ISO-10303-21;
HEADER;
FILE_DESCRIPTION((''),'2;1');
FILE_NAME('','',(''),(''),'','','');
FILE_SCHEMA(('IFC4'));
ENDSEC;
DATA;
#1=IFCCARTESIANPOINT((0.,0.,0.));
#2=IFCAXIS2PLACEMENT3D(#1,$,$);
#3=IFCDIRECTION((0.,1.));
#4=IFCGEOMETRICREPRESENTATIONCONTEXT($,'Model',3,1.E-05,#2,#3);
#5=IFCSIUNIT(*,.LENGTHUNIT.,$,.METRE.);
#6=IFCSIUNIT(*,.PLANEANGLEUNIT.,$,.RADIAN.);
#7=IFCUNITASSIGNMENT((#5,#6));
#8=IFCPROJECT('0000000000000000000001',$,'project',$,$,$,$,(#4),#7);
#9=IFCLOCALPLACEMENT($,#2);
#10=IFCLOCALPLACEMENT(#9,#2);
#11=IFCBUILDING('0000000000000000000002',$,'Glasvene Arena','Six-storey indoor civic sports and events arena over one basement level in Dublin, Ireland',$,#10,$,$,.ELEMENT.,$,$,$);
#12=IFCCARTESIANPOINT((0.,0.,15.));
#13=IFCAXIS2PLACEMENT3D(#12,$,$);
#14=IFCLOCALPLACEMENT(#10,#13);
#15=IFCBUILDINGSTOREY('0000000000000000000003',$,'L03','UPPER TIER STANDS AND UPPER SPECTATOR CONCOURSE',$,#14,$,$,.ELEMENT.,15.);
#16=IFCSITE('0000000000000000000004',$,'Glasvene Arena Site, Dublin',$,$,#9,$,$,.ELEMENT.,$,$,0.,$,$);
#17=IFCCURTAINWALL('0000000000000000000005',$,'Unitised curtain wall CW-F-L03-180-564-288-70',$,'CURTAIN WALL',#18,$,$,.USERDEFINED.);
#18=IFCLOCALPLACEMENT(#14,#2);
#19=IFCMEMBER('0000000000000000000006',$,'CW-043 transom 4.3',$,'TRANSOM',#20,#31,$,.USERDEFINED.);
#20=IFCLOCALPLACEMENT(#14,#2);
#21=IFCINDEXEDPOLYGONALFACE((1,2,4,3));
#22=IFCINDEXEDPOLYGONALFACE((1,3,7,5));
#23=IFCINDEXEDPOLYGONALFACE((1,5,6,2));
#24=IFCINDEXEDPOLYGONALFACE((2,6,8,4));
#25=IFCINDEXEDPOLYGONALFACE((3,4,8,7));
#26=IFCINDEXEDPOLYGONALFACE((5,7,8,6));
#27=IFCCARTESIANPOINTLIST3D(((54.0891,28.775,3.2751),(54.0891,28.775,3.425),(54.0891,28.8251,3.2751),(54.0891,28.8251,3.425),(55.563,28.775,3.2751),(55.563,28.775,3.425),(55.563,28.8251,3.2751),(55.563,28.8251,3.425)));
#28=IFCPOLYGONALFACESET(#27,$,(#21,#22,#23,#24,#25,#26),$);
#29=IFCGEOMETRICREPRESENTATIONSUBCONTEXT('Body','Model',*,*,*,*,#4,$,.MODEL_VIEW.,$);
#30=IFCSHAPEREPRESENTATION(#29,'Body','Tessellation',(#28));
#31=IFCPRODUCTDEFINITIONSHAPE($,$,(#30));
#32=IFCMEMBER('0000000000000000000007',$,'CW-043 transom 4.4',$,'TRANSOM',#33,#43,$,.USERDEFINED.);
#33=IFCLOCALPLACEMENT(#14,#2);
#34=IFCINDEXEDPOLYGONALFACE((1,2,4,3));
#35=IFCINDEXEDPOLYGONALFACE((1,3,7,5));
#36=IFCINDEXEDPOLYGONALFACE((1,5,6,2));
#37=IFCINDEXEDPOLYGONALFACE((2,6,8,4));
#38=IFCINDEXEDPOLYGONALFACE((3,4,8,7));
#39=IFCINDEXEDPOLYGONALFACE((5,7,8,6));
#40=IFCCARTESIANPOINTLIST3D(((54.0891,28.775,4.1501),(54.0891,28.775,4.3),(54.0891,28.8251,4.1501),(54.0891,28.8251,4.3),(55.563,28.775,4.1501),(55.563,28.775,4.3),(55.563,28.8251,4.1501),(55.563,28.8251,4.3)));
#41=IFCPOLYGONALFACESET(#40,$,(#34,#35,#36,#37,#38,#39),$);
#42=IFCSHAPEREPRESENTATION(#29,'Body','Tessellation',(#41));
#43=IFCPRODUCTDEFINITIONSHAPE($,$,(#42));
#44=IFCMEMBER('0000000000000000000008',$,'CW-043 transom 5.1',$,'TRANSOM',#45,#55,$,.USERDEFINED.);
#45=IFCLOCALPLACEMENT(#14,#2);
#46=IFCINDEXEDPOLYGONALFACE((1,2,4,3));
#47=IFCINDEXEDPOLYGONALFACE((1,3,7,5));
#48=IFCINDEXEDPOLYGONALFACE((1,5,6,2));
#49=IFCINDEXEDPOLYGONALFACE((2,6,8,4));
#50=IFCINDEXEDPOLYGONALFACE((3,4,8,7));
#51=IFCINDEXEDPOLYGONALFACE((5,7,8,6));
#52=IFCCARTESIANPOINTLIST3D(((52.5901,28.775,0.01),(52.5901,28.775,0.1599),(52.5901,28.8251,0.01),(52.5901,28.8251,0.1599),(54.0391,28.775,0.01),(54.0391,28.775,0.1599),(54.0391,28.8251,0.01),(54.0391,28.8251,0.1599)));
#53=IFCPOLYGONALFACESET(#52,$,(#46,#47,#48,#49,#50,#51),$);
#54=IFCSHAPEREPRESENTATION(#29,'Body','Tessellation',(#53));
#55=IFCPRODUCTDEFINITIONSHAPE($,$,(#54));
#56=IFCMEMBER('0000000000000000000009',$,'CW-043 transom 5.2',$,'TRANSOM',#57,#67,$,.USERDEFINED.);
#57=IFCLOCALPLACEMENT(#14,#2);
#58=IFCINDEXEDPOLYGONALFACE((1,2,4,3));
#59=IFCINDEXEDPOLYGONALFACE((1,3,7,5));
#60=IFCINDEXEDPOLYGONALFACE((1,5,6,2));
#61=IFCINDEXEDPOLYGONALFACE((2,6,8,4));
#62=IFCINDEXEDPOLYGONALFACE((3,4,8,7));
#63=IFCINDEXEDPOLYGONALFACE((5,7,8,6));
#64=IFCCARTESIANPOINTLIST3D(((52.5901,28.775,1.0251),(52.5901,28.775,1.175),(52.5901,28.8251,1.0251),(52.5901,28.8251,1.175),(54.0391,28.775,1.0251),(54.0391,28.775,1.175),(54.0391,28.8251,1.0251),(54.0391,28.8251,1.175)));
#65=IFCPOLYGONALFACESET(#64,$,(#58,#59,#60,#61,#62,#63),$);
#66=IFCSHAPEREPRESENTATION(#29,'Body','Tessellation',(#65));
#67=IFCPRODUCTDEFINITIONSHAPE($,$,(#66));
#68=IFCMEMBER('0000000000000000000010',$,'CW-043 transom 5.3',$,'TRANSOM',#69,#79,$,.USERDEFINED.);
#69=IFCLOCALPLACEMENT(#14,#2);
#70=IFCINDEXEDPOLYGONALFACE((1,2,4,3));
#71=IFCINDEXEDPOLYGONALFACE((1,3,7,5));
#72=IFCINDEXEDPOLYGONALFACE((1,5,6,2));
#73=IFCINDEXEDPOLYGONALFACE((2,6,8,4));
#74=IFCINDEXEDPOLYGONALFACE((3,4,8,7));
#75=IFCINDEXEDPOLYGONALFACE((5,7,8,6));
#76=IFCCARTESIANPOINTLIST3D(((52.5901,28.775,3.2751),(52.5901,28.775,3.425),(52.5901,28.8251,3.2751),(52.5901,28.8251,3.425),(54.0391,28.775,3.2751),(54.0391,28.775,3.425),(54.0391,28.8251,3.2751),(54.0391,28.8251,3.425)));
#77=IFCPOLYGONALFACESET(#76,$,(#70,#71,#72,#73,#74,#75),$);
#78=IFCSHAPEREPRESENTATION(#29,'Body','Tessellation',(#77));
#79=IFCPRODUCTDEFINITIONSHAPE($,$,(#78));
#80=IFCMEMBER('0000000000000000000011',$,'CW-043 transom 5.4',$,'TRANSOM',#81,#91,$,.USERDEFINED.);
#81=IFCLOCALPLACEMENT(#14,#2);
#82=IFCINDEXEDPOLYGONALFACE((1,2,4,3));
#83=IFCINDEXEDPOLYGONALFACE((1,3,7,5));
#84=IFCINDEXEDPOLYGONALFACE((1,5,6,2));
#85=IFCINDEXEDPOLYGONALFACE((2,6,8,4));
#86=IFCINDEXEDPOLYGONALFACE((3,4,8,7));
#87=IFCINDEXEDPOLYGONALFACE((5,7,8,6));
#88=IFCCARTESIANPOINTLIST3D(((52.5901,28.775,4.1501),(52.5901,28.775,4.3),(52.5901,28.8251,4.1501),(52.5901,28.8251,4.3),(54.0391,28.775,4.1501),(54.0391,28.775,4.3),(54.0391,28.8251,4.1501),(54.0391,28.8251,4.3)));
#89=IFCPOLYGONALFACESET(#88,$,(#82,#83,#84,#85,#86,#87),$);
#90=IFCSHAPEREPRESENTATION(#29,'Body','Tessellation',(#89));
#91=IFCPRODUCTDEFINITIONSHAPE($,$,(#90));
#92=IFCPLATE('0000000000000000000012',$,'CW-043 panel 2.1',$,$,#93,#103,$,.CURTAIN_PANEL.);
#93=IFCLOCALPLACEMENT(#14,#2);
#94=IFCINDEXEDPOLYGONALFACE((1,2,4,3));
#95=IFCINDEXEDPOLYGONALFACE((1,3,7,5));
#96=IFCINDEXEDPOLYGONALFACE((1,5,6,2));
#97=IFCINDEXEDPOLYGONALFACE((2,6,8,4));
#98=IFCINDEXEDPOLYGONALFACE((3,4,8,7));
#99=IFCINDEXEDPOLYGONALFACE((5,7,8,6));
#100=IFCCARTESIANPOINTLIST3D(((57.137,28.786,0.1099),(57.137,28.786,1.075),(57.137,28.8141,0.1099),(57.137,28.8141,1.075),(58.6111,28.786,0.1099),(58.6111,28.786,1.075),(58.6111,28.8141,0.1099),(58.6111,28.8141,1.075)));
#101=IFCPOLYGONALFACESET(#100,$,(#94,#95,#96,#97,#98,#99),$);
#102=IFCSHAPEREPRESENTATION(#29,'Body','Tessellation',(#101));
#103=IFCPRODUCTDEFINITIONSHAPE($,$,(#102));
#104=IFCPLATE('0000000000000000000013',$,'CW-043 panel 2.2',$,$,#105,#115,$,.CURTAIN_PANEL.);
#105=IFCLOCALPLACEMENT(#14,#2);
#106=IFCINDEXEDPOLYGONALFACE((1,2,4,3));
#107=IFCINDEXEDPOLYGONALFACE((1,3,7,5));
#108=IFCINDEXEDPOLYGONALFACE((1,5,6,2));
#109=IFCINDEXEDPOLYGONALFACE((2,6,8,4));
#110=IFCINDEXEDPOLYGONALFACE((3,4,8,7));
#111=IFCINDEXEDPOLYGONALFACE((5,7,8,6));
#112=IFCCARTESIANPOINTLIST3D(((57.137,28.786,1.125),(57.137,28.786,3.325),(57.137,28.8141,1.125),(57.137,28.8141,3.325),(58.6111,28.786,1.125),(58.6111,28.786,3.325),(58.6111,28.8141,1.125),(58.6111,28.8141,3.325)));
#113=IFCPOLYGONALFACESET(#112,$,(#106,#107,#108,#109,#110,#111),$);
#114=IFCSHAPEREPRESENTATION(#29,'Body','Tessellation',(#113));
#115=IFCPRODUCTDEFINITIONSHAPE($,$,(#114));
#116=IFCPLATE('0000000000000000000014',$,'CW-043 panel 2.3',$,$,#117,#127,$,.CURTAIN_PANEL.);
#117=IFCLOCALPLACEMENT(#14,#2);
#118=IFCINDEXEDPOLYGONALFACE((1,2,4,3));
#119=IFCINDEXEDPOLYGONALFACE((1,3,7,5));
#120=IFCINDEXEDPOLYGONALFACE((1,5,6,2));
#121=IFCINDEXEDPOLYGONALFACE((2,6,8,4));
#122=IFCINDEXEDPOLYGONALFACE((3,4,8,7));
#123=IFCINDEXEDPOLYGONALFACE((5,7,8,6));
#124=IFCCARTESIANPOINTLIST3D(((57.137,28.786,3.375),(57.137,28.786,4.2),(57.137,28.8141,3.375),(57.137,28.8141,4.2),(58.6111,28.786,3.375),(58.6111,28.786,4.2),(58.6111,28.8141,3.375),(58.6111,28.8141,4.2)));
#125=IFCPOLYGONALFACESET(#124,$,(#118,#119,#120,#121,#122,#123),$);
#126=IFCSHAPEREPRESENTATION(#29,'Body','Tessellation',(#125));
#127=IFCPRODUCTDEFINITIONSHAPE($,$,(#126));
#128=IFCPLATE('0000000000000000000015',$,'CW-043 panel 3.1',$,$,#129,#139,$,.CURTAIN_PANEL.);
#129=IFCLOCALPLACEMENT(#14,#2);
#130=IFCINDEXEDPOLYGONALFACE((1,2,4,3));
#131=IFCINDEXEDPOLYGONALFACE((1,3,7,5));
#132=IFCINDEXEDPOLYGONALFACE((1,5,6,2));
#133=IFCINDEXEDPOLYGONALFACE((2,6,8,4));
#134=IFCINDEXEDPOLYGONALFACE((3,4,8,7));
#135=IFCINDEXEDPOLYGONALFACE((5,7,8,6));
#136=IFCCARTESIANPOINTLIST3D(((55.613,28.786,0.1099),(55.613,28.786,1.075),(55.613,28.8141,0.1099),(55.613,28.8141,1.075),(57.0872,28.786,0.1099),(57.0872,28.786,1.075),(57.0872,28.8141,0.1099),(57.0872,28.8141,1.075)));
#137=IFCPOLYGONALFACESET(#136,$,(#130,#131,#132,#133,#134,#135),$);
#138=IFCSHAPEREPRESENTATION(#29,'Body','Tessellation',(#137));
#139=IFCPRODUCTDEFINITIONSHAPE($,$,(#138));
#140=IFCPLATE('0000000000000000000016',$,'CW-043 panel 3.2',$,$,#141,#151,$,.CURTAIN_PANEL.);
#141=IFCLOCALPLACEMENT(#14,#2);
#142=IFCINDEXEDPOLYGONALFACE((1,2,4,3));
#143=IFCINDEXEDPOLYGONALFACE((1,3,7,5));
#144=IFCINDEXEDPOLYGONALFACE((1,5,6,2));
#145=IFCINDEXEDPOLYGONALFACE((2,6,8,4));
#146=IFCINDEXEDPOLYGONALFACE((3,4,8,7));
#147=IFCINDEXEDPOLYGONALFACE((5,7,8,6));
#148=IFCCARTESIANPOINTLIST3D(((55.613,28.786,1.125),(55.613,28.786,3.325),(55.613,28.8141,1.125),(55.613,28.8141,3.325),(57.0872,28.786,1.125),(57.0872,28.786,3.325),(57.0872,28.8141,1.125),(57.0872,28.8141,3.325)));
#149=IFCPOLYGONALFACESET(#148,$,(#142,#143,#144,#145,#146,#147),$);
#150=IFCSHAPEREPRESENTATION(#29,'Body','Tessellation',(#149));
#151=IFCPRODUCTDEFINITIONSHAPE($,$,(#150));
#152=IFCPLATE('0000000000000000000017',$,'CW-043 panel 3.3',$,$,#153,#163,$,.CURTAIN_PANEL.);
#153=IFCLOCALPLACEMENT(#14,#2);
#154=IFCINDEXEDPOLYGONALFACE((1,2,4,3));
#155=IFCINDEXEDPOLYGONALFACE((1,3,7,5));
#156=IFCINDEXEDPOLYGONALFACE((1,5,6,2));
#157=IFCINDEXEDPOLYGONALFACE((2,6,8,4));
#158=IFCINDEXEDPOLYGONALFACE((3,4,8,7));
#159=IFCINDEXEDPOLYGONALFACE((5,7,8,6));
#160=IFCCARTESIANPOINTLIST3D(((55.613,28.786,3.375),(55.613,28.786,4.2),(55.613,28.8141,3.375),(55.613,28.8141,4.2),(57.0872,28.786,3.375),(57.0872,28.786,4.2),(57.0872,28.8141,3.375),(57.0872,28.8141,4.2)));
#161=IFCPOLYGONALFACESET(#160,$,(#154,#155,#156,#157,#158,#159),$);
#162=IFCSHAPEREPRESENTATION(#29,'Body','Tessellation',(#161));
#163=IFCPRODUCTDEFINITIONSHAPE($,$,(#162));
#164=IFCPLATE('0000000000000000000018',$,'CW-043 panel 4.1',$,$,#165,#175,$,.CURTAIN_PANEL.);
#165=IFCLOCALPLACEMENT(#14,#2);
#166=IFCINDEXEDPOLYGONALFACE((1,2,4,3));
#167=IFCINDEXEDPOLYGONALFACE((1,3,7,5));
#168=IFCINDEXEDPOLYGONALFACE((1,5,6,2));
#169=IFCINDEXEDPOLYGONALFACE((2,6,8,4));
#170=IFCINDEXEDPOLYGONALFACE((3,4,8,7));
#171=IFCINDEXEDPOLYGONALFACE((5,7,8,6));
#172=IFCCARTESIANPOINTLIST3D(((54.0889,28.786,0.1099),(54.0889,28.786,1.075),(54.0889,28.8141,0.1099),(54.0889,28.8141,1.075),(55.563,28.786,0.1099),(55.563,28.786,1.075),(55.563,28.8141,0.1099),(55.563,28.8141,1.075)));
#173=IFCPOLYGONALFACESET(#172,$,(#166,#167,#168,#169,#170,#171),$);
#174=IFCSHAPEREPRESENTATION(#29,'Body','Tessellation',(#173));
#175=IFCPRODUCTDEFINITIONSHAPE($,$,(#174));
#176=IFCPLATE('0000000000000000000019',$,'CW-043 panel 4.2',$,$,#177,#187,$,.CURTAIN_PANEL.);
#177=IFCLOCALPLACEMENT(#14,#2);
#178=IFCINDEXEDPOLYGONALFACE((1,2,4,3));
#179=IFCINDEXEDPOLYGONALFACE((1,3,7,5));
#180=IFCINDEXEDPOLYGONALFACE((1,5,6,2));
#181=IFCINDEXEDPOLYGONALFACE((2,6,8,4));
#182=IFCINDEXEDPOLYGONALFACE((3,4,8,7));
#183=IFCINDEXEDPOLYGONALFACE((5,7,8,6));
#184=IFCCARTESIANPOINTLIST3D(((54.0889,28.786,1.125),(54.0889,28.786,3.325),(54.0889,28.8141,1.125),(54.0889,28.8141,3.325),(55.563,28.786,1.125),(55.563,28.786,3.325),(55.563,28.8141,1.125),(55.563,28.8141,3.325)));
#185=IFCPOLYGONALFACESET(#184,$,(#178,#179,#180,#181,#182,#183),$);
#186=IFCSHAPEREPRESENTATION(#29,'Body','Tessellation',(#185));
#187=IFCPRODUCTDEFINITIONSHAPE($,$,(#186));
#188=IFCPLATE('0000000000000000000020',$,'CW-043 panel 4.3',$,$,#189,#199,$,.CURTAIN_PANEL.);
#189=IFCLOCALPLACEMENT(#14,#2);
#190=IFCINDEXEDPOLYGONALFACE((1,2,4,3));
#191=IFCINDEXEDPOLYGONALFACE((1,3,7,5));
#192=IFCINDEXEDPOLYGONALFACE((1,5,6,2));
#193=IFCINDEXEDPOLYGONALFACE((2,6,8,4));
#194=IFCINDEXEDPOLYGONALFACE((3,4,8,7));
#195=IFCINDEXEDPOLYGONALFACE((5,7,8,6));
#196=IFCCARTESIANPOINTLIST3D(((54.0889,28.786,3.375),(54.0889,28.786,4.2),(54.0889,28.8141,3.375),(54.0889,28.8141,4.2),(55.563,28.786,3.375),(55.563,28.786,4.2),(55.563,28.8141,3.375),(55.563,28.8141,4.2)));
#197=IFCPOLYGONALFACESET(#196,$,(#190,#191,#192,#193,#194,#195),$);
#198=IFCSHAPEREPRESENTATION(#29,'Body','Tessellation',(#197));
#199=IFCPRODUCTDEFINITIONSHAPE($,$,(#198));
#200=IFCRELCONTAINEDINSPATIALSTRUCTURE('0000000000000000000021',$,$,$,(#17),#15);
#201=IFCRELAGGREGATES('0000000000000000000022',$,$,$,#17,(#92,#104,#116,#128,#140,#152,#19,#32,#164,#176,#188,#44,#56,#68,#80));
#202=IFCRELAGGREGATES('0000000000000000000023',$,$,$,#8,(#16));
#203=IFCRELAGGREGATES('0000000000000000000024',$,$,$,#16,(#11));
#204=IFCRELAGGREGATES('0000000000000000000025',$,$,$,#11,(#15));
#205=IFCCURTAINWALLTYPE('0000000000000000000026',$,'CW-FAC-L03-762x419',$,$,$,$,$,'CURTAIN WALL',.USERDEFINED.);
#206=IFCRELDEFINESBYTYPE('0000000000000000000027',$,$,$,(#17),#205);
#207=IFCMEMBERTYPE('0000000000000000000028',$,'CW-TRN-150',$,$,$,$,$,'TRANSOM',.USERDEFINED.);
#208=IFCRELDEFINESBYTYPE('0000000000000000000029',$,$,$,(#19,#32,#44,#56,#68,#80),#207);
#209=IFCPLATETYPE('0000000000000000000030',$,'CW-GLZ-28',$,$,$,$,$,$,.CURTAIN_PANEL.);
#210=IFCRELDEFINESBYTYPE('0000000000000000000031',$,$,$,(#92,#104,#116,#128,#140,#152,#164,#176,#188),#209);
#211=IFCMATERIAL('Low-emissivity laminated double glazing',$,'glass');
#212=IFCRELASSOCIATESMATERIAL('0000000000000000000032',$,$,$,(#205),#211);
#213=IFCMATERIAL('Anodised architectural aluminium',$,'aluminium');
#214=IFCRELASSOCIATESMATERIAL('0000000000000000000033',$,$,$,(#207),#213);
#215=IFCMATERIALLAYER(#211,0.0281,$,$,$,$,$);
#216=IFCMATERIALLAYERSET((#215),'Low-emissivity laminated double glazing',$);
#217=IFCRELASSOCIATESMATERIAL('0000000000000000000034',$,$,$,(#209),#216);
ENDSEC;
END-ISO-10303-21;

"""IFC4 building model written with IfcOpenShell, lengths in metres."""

from ifc_helpers import new_model, si_unit, direction, frame, origin, origin_2d, place, context, subcontext, project, spatial, rectangle, extrude, material, layer, layer_set, material_profile, profile_set, type_object, element, aggregate, save


model = new_model("IFC4")

# Units and contexts
model_context = context("Model", 3, precision=1e-05, world=origin(), true_north=direction((0.0, 1.0)))
body_context = subcontext(model_context, "Body", "Model", "MODEL_VIEW")
ifc_project = project(units=[si_unit("LENGTHUNIT", "METRE"), si_unit("PLANEANGLEUNIT", "RADIAN")], contexts=[model_context])

# Site, building, storey
site_placement = place(None, origin())
site = spatial("IfcSite", under=ifc_project, at=site_placement, Name="Glasvene Arena Site, Dublin", CompositionType="ELEMENT", RefElevation=0.0)
building_placement = place(site_placement, origin())
building = spatial("IfcBuilding", under=site, at=building_placement, Name="Glasvene Arena", Description="Six-storey indoor civic sports and events arena over one basement level in Dublin, Ireland", CompositionType="ELEMENT")
storey_placement = place(building_placement, frame((0.0, 0.0, 15.0)))
storey = spatial("IfcBuildingStorey", under=building, at=storey_placement, Name="L03", Description="UPPER TIER STANDS AND UPPER SPECTATOR CONCOURSE", CompositionType="ELEMENT", Elevation=15.0)

# Curtain wall, members, plates
ifc_material_1 = material(Name="Low-emissivity laminated double glazing", Category="glass")
curtain_wall_type = type_object("IfcCurtainWallType", Name="CW-FAC-L03-762x419", ElementType="CURTAIN WALL", PredefinedType="USERDEFINED", material=ifc_material_1)
curtain_wall_placement = place(storey_placement, frame((60.1599, 28.8, 0.0)))
curtain_wall = element("IfcCurtainWall", 1, at=curtain_wall_placement, inside=storey, type_object=curtain_wall_type, Name="Unitised curtain wall CW-F-L03-180-564-288-70", ObjectType="CURTAIN WALL", PredefinedType="USERDEFINED")
ifc_material_2 = material(Name="Anodised architectural aluminium", Category="aluminium")
ifc_material_profile_1 = material_profile(ifc_material_2, rectangle(XDim=0.05, YDim=0.1499, at=origin_2d()), Name="ALU TRANSOM 50x150")
ifc_profile_set_1 = profile_set([ifc_material_profile_1], Name="Anodised architectural aluminium")
member_type_1 = type_object("IfcMemberType", Name="CW-TRN-150", ElementType="TRANSOM", PredefinedType="USERDEFINED", material=ifc_profile_set_1)
member_1_placement = place(storey_placement, frame((55.563, 28.8, 3.3501), z_axis=(-1.0, 0.0, 0.0), x_axis=(0.0, -1.0, 0.0)))
member_1 = element("IfcMember", 2, at=member_1_placement, type_object=member_type_1, Name="CW-043 transom 4.3", ObjectType="TRANSOM", PredefinedType="USERDEFINED", context=body_context, shape_type="SweptSolid", body=[
    extrude(rectangle(XDim=0.05, YDim=0.1499, at=origin_2d()), origin(), (0.0, 0.0, 1.0), 1.4739),
])
member_2_placement = place(storey_placement, frame((55.563, 28.8, 4.2251), z_axis=(-1.0, 0.0, 0.0), x_axis=(0.0, -1.0, 0.0)))
member_2 = element("IfcMember", 3, at=member_2_placement, type_object=member_type_1, Name="CW-043 transom 4.4", ObjectType="TRANSOM", PredefinedType="USERDEFINED", context=body_context, shape_type="SweptSolid", body=[
    extrude(rectangle(XDim=0.05, YDim=0.1499, at=origin_2d()), origin(), (0.0, 0.0, 1.0), 1.4739),
])
member_3_placement = place(storey_placement, frame((54.0391, 28.8, 0.085), z_axis=(-1.0, 0.0, 0.0), x_axis=(0.0, -1.0, 0.0)))
member_3 = element("IfcMember", 4, at=member_3_placement, type_object=member_type_1, Name="CW-043 transom 5.1", ObjectType="TRANSOM", PredefinedType="USERDEFINED", context=body_context, shape_type="SweptSolid", body=[
    extrude(rectangle(XDim=0.05, YDim=0.1499, at=origin_2d()), origin(), (0.0, 0.0, 1.0), 1.449),
])
member_4_placement = place(storey_placement, frame((54.0391, 28.8, 1.1001), z_axis=(-1.0, 0.0, 0.0), x_axis=(0.0, -1.0, 0.0)))
member_4 = element("IfcMember", 5, at=member_4_placement, type_object=member_type_1, Name="CW-043 transom 5.2", ObjectType="TRANSOM", PredefinedType="USERDEFINED", context=body_context, shape_type="SweptSolid", body=[
    extrude(rectangle(XDim=0.05, YDim=0.1499, at=origin_2d()), origin(), (0.0, 0.0, 1.0), 1.449),
])
member_5_placement = place(storey_placement, frame((54.0391, 28.8, 3.3501), z_axis=(-1.0, 0.0, 0.0), x_axis=(0.0, -1.0, 0.0)))
member_5 = element("IfcMember", 6, at=member_5_placement, type_object=member_type_1, Name="CW-043 transom 5.3", ObjectType="TRANSOM", PredefinedType="USERDEFINED", context=body_context, shape_type="SweptSolid", body=[
    extrude(rectangle(XDim=0.05, YDim=0.1499, at=origin_2d()), origin(), (0.0, 0.0, 1.0), 1.449),
])
member_6_placement = place(storey_placement, frame((54.0391, 28.8, 4.2251), z_axis=(-1.0, 0.0, 0.0), x_axis=(0.0, -1.0, 0.0)))
member_6 = element("IfcMember", 7, at=member_6_placement, type_object=member_type_1, Name="CW-043 transom 5.4", ObjectType="TRANSOM", PredefinedType="USERDEFINED", context=body_context, shape_type="SweptSolid", body=[
    extrude(rectangle(XDim=0.05, YDim=0.1499, at=origin_2d()), origin(), (0.0, 0.0, 1.0), 1.449),
])
ifc_layer_1 = layer(ifc_material_1, 0.0281)
ifc_layer_set_1 = layer_set([ifc_layer_1], Name="Low-emissivity laminated double glazing")
plate_type = type_object("IfcPlateType", Name="CW-GLZ-28", PredefinedType="CURTAIN_PANEL", material=ifc_layer_set_1)
plate_1_placement = place(storey_placement, frame((57.874, 28.8, 0.1099), z_axis=(0.0, 0.0, 1.0), x_axis=(-1.0, 0.0, 0.0)))
plate_1 = element("IfcPlate", 8, at=plate_1_placement, type_object=plate_type, Name="CW-043 panel 2.1", PredefinedType="CURTAIN_PANEL", context=body_context, shape_type="SweptSolid", body=[
    extrude(rectangle(XDim=1.4741, YDim=0.0281, at=origin_2d()), origin(), (0.0, 0.0, 1.0), 0.9651),
])
plate_2_placement = place(storey_placement, frame((57.874, 28.8, 1.125), z_axis=(0.0, 0.0, 1.0), x_axis=(-1.0, 0.0, 0.0)))
plate_2 = element("IfcPlate", 9, at=plate_2_placement, type_object=plate_type, Name="CW-043 panel 2.2", PredefinedType="CURTAIN_PANEL", context=body_context, shape_type="SweptSolid", body=[
    extrude(rectangle(XDim=1.4741, YDim=0.0281, at=origin_2d()), origin(), (0.0, 0.0, 1.0), 2.2),
])
plate_3_placement = place(storey_placement, frame((57.874, 28.8, 3.375), z_axis=(0.0, 0.0, 1.0), x_axis=(-1.0, 0.0, 0.0)))
plate_3 = element("IfcPlate", 10, at=plate_3_placement, type_object=plate_type, Name="CW-043 panel 2.3", PredefinedType="CURTAIN_PANEL", context=body_context, shape_type="SweptSolid", body=[
    extrude(rectangle(XDim=1.4741, YDim=0.0281, at=origin_2d()), origin(), (0.0, 0.0, 1.0), 0.825),
])
plate_4_placement = place(storey_placement, frame((56.3501, 28.8, 0.1099), z_axis=(0.0, 0.0, 1.0), x_axis=(-1.0, 0.0, 0.0)))
plate_4 = element("IfcPlate", 11, at=plate_4_placement, type_object=plate_type, Name="CW-043 panel 3.1", PredefinedType="CURTAIN_PANEL", context=body_context, shape_type="SweptSolid", body=[
    extrude(rectangle(XDim=1.4741, YDim=0.0281, at=origin_2d()), origin(), (0.0, 0.0, 1.0), 0.9651),
])
plate_5_placement = place(storey_placement, frame((56.3501, 28.8, 1.125), z_axis=(0.0, 0.0, 1.0), x_axis=(-1.0, 0.0, 0.0)))
plate_5 = element("IfcPlate", 12, at=plate_5_placement, type_object=plate_type, Name="CW-043 panel 3.2", PredefinedType="CURTAIN_PANEL", context=body_context, shape_type="SweptSolid", body=[
    extrude(rectangle(XDim=1.4741, YDim=0.0281, at=origin_2d()), origin(), (0.0, 0.0, 1.0), 2.2),
])
plate_6_placement = place(storey_placement, frame((56.3501, 28.8, 3.375), z_axis=(0.0, 0.0, 1.0), x_axis=(-1.0, 0.0, 0.0)))
plate_6 = element("IfcPlate", 13, at=plate_6_placement, type_object=plate_type, Name="CW-043 panel 3.3", PredefinedType="CURTAIN_PANEL", context=body_context, shape_type="SweptSolid", body=[
    extrude(rectangle(XDim=1.4741, YDim=0.0281, at=origin_2d()), origin(), (0.0, 0.0, 1.0), 0.825),
])
plate_7_placement = place(storey_placement, frame((54.8259, 28.8, 0.1099), z_axis=(0.0, 0.0, 1.0), x_axis=(-1.0, 0.0, 0.0)))
plate_7 = element("IfcPlate", 14, at=plate_7_placement, type_object=plate_type, Name="CW-043 panel 4.1", PredefinedType="CURTAIN_PANEL", context=body_context, shape_type="SweptSolid", body=[
    extrude(rectangle(XDim=1.4741, YDim=0.0281, at=origin_2d()), origin(), (0.0, 0.0, 1.0), 0.9651),
])
plate_8_placement = place(storey_placement, frame((54.8259, 28.8, 1.125), z_axis=(0.0, 0.0, 1.0), x_axis=(-1.0, 0.0, 0.0)))
plate_8 = element("IfcPlate", 15, at=plate_8_placement, type_object=plate_type, Name="CW-043 panel 4.2", PredefinedType="CURTAIN_PANEL", context=body_context, shape_type="SweptSolid", body=[
    extrude(rectangle(XDim=1.4741, YDim=0.0281, at=origin_2d()), origin(), (0.0, 0.0, 1.0), 2.2),
])
plate_9_placement = place(storey_placement, frame((54.8259, 28.8, 3.375), z_axis=(0.0, 0.0, 1.0), x_axis=(-1.0, 0.0, 0.0)))
plate_9 = element("IfcPlate", 16, at=plate_9_placement, type_object=plate_type, Name="CW-043 panel 4.3", PredefinedType="CURTAIN_PANEL", context=body_context, shape_type="SweptSolid", body=[
    extrude(rectangle(XDim=1.4741, YDim=0.0281, at=origin_2d()), origin(), (0.0, 0.0, 1.0), 0.825),
])
aggregate(curtain_wall, [plate_1, plate_2, plate_3, plate_4, plate_5, plate_6, member_1, member_2, plate_7, plate_8, plate_9, member_3, member_4, member_5, member_6])

save(model, "model.ifc")
